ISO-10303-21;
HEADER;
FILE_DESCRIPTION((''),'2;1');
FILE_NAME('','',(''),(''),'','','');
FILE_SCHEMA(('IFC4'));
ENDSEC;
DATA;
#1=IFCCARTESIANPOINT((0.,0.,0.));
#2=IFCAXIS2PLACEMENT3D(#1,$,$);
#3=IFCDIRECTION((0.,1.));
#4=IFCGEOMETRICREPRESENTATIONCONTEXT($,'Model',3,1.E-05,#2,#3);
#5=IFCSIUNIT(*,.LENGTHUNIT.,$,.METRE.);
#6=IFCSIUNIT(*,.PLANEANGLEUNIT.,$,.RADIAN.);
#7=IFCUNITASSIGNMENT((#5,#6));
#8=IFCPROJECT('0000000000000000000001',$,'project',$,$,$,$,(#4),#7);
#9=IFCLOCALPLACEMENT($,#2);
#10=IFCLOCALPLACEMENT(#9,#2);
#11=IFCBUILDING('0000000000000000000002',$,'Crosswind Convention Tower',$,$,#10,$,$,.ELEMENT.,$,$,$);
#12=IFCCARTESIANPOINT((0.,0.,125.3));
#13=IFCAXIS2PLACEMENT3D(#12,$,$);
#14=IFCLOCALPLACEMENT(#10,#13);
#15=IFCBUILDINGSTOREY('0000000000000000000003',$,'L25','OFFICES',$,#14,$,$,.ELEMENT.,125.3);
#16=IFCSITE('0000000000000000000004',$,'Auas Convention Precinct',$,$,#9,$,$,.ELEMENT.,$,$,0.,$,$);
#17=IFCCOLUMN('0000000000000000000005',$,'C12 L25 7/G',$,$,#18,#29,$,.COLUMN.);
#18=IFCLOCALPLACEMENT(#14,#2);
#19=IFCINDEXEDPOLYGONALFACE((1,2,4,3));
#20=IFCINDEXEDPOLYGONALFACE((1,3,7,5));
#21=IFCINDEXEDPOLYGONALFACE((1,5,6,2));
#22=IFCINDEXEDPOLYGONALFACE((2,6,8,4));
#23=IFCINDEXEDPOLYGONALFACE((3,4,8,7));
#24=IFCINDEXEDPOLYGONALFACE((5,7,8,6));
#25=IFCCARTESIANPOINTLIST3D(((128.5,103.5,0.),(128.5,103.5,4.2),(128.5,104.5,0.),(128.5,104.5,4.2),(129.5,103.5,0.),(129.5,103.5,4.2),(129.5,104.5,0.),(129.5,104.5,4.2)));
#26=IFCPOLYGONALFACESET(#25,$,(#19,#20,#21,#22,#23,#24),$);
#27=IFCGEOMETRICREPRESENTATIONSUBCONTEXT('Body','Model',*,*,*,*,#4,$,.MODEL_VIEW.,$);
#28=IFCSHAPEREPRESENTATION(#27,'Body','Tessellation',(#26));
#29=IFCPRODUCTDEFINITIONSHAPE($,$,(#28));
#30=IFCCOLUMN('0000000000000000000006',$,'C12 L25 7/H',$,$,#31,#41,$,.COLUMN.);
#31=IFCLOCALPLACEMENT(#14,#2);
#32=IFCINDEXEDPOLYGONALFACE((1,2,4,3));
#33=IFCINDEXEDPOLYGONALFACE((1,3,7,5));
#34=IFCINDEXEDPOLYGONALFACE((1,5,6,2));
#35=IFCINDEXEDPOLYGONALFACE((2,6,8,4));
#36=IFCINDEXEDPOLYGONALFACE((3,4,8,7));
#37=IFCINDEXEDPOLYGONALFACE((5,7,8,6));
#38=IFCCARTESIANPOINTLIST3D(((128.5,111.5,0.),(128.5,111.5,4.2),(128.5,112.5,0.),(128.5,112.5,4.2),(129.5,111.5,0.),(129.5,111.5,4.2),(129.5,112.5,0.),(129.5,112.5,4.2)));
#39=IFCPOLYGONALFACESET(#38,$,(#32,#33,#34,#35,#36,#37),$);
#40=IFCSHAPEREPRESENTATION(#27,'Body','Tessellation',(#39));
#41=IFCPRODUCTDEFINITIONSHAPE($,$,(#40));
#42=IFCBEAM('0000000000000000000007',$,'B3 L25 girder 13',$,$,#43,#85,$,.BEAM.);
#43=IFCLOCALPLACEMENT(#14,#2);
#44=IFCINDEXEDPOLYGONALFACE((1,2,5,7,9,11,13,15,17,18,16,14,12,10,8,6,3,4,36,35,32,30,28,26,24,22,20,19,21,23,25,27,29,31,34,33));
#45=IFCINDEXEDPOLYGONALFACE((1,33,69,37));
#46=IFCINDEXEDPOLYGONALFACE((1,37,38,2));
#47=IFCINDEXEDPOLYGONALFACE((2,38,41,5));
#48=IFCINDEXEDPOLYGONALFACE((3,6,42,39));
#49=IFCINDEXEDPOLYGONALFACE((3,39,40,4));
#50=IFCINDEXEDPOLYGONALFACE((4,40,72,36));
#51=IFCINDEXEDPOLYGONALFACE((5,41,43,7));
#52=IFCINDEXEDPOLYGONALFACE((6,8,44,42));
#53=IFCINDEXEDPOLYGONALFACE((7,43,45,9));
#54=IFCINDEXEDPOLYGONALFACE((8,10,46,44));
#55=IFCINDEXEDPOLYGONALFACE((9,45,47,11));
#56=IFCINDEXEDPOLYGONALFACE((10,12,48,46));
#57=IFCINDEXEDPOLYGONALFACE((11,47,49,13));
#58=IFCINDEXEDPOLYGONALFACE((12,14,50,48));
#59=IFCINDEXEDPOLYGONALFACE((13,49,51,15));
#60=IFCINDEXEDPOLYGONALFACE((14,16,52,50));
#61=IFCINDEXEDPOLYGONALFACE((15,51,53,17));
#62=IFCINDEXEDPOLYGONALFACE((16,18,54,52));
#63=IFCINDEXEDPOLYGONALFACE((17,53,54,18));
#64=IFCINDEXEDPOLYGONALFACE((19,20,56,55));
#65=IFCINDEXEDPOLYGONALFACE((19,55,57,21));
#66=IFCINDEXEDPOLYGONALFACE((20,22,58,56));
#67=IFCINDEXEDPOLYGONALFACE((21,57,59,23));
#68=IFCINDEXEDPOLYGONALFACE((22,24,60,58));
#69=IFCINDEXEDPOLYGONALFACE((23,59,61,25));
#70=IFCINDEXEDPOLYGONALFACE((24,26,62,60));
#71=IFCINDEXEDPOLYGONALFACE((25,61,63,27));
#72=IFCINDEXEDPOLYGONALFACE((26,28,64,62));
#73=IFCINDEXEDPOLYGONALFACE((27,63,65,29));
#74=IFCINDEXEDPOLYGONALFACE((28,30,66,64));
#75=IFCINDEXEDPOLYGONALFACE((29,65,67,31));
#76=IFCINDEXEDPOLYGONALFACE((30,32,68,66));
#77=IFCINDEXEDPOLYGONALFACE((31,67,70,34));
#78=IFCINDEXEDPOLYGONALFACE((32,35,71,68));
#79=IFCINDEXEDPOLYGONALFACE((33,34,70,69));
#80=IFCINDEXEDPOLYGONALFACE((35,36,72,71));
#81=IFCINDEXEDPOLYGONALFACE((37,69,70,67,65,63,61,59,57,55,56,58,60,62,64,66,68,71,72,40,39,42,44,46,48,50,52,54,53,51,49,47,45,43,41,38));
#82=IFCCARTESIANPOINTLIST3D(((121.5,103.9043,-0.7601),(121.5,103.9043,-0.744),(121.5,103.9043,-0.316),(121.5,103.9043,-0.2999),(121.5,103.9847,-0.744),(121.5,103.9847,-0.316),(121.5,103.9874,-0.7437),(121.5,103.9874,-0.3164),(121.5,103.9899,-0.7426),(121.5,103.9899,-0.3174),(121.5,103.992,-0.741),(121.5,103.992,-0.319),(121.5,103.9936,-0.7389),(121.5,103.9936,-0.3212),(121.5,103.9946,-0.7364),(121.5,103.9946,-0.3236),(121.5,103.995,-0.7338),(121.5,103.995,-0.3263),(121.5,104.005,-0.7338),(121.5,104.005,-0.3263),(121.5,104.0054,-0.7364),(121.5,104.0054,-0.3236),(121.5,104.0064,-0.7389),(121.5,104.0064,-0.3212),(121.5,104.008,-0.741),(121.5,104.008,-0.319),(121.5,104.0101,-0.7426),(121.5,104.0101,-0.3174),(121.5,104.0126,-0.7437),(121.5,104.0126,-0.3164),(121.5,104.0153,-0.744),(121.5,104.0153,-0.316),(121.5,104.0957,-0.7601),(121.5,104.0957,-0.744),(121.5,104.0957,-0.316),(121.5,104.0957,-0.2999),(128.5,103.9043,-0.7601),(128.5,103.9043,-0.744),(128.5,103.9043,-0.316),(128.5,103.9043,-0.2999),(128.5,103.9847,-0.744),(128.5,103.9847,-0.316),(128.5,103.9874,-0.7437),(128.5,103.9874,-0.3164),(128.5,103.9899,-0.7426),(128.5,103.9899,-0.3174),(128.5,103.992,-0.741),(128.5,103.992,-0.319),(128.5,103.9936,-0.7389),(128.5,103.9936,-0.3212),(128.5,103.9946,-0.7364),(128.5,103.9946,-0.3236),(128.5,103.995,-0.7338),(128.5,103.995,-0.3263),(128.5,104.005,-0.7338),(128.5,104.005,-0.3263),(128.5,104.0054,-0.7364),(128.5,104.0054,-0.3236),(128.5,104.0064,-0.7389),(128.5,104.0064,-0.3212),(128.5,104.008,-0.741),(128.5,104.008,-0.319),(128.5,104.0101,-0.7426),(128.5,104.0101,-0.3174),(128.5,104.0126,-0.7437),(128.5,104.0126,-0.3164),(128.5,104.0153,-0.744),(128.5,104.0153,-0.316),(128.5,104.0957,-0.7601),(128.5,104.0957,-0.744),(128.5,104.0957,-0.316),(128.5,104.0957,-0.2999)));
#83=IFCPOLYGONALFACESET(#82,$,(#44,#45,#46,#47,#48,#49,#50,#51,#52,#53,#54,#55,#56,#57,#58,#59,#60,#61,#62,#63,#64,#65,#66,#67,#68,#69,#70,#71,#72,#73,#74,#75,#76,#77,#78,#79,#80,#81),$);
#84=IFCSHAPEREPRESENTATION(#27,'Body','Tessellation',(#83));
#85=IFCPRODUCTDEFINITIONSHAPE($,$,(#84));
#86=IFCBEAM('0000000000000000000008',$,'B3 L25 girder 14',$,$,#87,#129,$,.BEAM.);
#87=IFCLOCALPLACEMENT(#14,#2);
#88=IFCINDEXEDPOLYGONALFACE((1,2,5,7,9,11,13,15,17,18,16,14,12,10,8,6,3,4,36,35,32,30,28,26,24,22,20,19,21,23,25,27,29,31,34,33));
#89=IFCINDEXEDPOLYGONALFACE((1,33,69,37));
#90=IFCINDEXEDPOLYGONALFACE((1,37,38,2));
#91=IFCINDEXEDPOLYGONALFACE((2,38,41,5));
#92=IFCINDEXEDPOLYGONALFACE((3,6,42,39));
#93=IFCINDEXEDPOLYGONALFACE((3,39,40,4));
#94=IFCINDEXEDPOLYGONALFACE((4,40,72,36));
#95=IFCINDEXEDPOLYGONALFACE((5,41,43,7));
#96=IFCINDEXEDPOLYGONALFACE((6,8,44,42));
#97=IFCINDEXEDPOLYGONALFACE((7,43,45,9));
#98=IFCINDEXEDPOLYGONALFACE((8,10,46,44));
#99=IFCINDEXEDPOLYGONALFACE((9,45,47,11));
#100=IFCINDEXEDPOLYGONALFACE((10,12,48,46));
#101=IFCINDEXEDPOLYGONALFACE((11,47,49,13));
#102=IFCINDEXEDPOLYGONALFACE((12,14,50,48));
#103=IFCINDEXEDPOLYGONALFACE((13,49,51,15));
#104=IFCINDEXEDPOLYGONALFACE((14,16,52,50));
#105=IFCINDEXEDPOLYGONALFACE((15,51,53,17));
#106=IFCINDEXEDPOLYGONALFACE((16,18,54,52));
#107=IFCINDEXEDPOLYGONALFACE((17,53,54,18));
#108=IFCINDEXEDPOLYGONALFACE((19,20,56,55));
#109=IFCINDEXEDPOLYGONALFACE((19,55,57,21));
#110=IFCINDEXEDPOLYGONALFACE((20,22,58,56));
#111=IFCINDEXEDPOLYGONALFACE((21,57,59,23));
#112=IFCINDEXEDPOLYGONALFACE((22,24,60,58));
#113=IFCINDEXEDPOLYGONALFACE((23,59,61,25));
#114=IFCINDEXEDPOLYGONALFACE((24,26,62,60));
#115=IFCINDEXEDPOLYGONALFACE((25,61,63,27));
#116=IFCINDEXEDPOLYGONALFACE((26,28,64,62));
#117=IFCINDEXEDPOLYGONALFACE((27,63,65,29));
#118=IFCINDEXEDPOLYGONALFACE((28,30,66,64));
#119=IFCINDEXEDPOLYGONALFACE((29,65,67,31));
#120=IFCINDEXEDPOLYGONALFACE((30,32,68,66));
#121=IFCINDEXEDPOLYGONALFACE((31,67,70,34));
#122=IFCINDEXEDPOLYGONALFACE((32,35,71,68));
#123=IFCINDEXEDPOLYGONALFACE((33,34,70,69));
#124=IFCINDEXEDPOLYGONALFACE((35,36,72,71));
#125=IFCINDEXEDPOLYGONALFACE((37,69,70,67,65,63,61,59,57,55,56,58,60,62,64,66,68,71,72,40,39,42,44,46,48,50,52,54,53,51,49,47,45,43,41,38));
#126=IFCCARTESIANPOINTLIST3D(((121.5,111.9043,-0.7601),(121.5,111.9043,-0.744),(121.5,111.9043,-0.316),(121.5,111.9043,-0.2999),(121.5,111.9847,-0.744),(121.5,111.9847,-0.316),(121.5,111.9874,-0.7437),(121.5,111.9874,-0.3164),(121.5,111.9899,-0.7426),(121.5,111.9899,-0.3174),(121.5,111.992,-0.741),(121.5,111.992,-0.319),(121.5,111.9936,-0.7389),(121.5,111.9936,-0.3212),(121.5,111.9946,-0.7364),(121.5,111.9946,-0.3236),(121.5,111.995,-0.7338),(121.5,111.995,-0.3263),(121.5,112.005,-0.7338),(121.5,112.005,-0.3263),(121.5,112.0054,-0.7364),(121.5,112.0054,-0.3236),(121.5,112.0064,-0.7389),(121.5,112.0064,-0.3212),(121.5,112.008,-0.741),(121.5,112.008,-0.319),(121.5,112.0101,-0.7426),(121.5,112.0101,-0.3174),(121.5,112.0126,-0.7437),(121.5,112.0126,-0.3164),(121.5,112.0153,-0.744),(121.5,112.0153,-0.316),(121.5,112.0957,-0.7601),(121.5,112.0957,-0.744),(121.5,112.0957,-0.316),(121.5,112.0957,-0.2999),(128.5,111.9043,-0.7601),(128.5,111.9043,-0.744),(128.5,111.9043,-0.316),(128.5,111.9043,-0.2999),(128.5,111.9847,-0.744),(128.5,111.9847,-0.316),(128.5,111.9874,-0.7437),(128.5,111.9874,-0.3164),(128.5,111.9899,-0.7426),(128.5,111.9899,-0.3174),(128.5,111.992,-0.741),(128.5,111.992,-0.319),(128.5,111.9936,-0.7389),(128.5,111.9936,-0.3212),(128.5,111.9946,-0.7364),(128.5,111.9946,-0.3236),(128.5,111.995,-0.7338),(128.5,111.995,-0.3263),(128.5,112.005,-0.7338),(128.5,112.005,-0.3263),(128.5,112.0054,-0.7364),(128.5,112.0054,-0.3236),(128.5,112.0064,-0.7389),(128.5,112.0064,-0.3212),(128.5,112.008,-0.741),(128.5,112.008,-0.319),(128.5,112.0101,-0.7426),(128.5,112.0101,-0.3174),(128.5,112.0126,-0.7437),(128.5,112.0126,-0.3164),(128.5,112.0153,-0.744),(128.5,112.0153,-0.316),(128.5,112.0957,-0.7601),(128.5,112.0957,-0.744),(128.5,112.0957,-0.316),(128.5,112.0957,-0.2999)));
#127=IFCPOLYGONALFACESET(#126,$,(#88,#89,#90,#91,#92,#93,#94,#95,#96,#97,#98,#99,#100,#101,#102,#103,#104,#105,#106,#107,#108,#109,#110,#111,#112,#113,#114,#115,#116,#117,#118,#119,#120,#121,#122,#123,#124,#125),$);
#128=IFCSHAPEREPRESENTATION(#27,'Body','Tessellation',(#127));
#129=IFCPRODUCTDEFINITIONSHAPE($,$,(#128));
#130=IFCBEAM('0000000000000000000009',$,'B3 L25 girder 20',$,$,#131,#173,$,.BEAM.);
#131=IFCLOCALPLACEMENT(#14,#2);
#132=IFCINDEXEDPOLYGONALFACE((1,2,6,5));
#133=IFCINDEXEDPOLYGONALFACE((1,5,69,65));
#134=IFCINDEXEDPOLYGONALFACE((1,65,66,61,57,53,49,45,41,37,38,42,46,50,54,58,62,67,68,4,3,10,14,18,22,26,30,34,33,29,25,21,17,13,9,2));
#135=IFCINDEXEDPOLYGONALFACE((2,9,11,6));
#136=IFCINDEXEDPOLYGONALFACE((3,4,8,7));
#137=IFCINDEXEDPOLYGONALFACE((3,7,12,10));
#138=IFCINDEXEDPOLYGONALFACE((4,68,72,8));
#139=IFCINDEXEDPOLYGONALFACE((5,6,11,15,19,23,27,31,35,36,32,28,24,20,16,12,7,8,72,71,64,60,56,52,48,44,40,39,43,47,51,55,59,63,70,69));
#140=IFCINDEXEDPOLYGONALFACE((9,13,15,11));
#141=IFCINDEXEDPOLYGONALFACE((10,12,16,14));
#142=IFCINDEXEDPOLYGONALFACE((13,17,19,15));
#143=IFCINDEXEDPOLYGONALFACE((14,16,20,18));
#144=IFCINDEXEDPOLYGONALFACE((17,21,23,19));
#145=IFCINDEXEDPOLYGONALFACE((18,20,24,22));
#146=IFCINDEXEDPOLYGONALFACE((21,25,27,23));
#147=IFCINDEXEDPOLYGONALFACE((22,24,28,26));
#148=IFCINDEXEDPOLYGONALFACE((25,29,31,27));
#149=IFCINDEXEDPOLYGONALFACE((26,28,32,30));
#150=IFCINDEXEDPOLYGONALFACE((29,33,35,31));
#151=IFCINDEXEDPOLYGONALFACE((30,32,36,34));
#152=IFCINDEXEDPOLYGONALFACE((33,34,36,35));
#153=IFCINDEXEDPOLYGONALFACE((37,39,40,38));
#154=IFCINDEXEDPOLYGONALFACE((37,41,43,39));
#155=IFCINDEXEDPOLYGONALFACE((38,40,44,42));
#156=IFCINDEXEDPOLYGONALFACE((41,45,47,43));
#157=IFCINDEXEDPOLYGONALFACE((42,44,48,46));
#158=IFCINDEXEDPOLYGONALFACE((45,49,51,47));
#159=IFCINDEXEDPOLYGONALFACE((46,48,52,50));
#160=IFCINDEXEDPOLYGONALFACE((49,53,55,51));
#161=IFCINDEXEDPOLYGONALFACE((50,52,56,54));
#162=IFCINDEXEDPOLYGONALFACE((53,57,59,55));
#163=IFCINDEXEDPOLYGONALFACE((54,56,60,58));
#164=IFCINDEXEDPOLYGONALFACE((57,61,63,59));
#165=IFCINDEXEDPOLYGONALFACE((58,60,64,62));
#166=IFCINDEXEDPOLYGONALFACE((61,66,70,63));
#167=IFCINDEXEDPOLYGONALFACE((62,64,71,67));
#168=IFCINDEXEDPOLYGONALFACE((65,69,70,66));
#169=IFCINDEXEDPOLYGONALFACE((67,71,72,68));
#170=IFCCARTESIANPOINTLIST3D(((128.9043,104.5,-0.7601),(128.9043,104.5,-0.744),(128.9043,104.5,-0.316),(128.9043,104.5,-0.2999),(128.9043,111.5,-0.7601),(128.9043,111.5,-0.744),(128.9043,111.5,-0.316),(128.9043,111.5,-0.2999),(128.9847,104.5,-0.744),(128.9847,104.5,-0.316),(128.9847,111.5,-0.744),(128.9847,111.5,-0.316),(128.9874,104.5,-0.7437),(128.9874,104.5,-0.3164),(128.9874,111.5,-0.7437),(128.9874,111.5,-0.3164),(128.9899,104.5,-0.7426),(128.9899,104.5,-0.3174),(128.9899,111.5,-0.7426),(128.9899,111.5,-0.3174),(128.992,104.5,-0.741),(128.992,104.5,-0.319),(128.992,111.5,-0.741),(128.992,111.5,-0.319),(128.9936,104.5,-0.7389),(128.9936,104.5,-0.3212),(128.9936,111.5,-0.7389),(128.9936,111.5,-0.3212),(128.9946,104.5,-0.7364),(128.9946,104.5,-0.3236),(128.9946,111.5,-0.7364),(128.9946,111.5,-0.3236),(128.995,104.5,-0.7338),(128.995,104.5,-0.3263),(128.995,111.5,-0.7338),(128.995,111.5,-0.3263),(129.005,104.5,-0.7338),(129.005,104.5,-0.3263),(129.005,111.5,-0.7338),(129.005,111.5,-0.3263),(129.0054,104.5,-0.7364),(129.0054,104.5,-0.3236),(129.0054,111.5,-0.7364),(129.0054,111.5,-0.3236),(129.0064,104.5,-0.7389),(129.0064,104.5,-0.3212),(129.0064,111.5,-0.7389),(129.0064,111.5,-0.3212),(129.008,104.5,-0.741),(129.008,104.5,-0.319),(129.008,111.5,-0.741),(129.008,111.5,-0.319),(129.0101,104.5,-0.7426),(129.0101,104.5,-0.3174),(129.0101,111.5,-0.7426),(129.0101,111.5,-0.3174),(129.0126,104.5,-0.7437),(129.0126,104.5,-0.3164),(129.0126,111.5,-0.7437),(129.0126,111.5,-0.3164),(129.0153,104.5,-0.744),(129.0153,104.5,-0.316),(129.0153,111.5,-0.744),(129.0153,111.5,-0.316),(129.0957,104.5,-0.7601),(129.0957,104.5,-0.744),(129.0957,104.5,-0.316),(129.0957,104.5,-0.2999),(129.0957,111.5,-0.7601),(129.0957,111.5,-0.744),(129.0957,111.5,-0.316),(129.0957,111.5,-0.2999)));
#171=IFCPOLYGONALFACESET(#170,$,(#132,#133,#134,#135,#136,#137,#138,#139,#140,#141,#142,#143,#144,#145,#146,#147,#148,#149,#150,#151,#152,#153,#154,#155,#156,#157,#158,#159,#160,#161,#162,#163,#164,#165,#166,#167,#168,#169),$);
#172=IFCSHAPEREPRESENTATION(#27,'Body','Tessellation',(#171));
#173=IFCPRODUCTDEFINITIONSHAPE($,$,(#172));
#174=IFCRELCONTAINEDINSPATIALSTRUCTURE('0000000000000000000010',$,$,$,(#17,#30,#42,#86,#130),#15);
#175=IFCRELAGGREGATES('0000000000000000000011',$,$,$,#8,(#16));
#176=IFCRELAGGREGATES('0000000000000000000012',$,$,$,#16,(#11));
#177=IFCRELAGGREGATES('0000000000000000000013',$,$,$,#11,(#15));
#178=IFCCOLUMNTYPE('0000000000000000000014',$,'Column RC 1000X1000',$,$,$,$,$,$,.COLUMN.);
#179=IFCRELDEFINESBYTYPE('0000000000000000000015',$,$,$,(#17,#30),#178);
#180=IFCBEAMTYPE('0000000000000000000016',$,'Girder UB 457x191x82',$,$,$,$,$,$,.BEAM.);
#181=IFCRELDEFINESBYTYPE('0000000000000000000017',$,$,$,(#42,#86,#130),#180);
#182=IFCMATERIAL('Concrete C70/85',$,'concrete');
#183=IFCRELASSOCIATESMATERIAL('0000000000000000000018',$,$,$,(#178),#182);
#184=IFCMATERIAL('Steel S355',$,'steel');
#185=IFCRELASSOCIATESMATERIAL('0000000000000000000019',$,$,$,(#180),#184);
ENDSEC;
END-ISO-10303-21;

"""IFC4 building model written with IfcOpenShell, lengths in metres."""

from ifc_helpers import new_model, si_unit, direction, frame, origin, origin_2d, place, context, subcontext, project, spatial, rectangle, i_section, extrude, material, material_profile, profile_set, type_object, element, save


model = new_model("IFC4")

# Units and contexts
model_context = context("Model", 3, precision=1e-05, world=origin(), true_north=direction((0.0, 1.0)))
body_context = subcontext(model_context, "Body", "Model", "MODEL_VIEW")
ifc_project = project(units=[si_unit("LENGTHUNIT", "METRE"), si_unit("PLANEANGLEUNIT", "RADIAN")], contexts=[model_context])

# Site, building, storey
site_placement = place(None, origin())
site = spatial("IfcSite", under=ifc_project, at=site_placement, Name="Auas Convention Precinct", CompositionType="ELEMENT", RefElevation=0.0)
building_placement = place(site_placement, origin())
building = spatial("IfcBuilding", under=site, at=building_placement, Name="Crosswind Convention Tower", CompositionType="ELEMENT")
storey_placement = place(building_placement, frame((0.0, 0.0, 125.3)))
storey = spatial("IfcBuildingStorey", under=building, at=storey_placement, Name="L25", Description="OFFICES", CompositionType="ELEMENT", Elevation=125.3)

# Columns
ifc_material_1 = material(Name="Concrete C70/85", Category="concrete")
ifc_material_profile_1 = material_profile(ifc_material_1, rectangle(XDim=1.0, YDim=1.0, at=origin_2d()), Name="RC 1000X1000")
ifc_profile_set_1 = profile_set([ifc_material_profile_1], Name="Concrete C70/85")
column_type = type_object("IfcColumnType", Name="Column RC 1000X1000", PredefinedType="COLUMN", material=ifc_profile_set_1)
for number, where, z_axis, x_axis, name in (
    (1, (129.0, 104.0, 0.0), (0.0, 0.0, 1.0), (1.0, 0.0, 0.0), "C12 L25 7/G"),
    (2, (129.0, 112.0, 0.0), (0.0, 0.0, 1.0), (1.0, 0.0, 0.0), "C12 L25 7/H"),
):
    element("IfcColumn", number, at=place(storey_placement, frame(where, z_axis=z_axis, x_axis=x_axis)), inside=storey, type_object=column_type, Name=name, PredefinedType="COLUMN", context=body_context, shape_type="SweptSolid", body=[
        extrude(rectangle(XDim=1.0, YDim=1.0, at=origin_2d()), origin(), (0.0, 0.0, 1.0), 4.2),
    ])

# Beams
ifc_material_2 = material(Name="Steel S355", Category="steel")
ifc_material_profile_2 = material_profile(ifc_material_2, i_section(OverallWidth=0.1914, OverallDepth=0.4602, WebThickness=0.01, FlangeThickness=0.0161, FilletRadius=0.0103, at=origin_2d()), Name="UB 457x191x82")
ifc_profile_set_2 = profile_set([ifc_material_profile_2], Name="Steel S355")
beam_type_1 = type_object("IfcBeamType", Name="Girder UB 457x191x82", PredefinedType="BEAM", material=ifc_profile_set_2)
for number, where, z_axis, x_axis, name in (
    (3, (121.5, 104.0, -0.53), (1.0, 0.0, 0.0), (0.0, 1.0, 0.0), "B3 L25 girder 13"),
    (4, (121.5, 112.0, -0.53), (1.0, 0.0, 0.0), (0.0, 1.0, 0.0), "B3 L25 girder 14"),
    (5, (129.0, 104.5, -0.53), (0.0, 1.0, 0.0), (-1.0, 0.0, 0.0), "B3 L25 girder 20"),
):
    element("IfcBeam", number, at=place(storey_placement, frame(where, z_axis=z_axis, x_axis=x_axis)), inside=storey, type_object=beam_type_1, Name=name, PredefinedType="BEAM", context=body_context, shape_type="SweptSolid", body=[
        extrude(i_section(OverallWidth=0.1914, OverallDepth=0.4602, WebThickness=0.01, FlangeThickness=0.0161, FilletRadius=0.0103, at=origin_2d()), origin(), (0.0, 0.0, 1.0), 7.0),
    ])

save(model, "model.ifc")
